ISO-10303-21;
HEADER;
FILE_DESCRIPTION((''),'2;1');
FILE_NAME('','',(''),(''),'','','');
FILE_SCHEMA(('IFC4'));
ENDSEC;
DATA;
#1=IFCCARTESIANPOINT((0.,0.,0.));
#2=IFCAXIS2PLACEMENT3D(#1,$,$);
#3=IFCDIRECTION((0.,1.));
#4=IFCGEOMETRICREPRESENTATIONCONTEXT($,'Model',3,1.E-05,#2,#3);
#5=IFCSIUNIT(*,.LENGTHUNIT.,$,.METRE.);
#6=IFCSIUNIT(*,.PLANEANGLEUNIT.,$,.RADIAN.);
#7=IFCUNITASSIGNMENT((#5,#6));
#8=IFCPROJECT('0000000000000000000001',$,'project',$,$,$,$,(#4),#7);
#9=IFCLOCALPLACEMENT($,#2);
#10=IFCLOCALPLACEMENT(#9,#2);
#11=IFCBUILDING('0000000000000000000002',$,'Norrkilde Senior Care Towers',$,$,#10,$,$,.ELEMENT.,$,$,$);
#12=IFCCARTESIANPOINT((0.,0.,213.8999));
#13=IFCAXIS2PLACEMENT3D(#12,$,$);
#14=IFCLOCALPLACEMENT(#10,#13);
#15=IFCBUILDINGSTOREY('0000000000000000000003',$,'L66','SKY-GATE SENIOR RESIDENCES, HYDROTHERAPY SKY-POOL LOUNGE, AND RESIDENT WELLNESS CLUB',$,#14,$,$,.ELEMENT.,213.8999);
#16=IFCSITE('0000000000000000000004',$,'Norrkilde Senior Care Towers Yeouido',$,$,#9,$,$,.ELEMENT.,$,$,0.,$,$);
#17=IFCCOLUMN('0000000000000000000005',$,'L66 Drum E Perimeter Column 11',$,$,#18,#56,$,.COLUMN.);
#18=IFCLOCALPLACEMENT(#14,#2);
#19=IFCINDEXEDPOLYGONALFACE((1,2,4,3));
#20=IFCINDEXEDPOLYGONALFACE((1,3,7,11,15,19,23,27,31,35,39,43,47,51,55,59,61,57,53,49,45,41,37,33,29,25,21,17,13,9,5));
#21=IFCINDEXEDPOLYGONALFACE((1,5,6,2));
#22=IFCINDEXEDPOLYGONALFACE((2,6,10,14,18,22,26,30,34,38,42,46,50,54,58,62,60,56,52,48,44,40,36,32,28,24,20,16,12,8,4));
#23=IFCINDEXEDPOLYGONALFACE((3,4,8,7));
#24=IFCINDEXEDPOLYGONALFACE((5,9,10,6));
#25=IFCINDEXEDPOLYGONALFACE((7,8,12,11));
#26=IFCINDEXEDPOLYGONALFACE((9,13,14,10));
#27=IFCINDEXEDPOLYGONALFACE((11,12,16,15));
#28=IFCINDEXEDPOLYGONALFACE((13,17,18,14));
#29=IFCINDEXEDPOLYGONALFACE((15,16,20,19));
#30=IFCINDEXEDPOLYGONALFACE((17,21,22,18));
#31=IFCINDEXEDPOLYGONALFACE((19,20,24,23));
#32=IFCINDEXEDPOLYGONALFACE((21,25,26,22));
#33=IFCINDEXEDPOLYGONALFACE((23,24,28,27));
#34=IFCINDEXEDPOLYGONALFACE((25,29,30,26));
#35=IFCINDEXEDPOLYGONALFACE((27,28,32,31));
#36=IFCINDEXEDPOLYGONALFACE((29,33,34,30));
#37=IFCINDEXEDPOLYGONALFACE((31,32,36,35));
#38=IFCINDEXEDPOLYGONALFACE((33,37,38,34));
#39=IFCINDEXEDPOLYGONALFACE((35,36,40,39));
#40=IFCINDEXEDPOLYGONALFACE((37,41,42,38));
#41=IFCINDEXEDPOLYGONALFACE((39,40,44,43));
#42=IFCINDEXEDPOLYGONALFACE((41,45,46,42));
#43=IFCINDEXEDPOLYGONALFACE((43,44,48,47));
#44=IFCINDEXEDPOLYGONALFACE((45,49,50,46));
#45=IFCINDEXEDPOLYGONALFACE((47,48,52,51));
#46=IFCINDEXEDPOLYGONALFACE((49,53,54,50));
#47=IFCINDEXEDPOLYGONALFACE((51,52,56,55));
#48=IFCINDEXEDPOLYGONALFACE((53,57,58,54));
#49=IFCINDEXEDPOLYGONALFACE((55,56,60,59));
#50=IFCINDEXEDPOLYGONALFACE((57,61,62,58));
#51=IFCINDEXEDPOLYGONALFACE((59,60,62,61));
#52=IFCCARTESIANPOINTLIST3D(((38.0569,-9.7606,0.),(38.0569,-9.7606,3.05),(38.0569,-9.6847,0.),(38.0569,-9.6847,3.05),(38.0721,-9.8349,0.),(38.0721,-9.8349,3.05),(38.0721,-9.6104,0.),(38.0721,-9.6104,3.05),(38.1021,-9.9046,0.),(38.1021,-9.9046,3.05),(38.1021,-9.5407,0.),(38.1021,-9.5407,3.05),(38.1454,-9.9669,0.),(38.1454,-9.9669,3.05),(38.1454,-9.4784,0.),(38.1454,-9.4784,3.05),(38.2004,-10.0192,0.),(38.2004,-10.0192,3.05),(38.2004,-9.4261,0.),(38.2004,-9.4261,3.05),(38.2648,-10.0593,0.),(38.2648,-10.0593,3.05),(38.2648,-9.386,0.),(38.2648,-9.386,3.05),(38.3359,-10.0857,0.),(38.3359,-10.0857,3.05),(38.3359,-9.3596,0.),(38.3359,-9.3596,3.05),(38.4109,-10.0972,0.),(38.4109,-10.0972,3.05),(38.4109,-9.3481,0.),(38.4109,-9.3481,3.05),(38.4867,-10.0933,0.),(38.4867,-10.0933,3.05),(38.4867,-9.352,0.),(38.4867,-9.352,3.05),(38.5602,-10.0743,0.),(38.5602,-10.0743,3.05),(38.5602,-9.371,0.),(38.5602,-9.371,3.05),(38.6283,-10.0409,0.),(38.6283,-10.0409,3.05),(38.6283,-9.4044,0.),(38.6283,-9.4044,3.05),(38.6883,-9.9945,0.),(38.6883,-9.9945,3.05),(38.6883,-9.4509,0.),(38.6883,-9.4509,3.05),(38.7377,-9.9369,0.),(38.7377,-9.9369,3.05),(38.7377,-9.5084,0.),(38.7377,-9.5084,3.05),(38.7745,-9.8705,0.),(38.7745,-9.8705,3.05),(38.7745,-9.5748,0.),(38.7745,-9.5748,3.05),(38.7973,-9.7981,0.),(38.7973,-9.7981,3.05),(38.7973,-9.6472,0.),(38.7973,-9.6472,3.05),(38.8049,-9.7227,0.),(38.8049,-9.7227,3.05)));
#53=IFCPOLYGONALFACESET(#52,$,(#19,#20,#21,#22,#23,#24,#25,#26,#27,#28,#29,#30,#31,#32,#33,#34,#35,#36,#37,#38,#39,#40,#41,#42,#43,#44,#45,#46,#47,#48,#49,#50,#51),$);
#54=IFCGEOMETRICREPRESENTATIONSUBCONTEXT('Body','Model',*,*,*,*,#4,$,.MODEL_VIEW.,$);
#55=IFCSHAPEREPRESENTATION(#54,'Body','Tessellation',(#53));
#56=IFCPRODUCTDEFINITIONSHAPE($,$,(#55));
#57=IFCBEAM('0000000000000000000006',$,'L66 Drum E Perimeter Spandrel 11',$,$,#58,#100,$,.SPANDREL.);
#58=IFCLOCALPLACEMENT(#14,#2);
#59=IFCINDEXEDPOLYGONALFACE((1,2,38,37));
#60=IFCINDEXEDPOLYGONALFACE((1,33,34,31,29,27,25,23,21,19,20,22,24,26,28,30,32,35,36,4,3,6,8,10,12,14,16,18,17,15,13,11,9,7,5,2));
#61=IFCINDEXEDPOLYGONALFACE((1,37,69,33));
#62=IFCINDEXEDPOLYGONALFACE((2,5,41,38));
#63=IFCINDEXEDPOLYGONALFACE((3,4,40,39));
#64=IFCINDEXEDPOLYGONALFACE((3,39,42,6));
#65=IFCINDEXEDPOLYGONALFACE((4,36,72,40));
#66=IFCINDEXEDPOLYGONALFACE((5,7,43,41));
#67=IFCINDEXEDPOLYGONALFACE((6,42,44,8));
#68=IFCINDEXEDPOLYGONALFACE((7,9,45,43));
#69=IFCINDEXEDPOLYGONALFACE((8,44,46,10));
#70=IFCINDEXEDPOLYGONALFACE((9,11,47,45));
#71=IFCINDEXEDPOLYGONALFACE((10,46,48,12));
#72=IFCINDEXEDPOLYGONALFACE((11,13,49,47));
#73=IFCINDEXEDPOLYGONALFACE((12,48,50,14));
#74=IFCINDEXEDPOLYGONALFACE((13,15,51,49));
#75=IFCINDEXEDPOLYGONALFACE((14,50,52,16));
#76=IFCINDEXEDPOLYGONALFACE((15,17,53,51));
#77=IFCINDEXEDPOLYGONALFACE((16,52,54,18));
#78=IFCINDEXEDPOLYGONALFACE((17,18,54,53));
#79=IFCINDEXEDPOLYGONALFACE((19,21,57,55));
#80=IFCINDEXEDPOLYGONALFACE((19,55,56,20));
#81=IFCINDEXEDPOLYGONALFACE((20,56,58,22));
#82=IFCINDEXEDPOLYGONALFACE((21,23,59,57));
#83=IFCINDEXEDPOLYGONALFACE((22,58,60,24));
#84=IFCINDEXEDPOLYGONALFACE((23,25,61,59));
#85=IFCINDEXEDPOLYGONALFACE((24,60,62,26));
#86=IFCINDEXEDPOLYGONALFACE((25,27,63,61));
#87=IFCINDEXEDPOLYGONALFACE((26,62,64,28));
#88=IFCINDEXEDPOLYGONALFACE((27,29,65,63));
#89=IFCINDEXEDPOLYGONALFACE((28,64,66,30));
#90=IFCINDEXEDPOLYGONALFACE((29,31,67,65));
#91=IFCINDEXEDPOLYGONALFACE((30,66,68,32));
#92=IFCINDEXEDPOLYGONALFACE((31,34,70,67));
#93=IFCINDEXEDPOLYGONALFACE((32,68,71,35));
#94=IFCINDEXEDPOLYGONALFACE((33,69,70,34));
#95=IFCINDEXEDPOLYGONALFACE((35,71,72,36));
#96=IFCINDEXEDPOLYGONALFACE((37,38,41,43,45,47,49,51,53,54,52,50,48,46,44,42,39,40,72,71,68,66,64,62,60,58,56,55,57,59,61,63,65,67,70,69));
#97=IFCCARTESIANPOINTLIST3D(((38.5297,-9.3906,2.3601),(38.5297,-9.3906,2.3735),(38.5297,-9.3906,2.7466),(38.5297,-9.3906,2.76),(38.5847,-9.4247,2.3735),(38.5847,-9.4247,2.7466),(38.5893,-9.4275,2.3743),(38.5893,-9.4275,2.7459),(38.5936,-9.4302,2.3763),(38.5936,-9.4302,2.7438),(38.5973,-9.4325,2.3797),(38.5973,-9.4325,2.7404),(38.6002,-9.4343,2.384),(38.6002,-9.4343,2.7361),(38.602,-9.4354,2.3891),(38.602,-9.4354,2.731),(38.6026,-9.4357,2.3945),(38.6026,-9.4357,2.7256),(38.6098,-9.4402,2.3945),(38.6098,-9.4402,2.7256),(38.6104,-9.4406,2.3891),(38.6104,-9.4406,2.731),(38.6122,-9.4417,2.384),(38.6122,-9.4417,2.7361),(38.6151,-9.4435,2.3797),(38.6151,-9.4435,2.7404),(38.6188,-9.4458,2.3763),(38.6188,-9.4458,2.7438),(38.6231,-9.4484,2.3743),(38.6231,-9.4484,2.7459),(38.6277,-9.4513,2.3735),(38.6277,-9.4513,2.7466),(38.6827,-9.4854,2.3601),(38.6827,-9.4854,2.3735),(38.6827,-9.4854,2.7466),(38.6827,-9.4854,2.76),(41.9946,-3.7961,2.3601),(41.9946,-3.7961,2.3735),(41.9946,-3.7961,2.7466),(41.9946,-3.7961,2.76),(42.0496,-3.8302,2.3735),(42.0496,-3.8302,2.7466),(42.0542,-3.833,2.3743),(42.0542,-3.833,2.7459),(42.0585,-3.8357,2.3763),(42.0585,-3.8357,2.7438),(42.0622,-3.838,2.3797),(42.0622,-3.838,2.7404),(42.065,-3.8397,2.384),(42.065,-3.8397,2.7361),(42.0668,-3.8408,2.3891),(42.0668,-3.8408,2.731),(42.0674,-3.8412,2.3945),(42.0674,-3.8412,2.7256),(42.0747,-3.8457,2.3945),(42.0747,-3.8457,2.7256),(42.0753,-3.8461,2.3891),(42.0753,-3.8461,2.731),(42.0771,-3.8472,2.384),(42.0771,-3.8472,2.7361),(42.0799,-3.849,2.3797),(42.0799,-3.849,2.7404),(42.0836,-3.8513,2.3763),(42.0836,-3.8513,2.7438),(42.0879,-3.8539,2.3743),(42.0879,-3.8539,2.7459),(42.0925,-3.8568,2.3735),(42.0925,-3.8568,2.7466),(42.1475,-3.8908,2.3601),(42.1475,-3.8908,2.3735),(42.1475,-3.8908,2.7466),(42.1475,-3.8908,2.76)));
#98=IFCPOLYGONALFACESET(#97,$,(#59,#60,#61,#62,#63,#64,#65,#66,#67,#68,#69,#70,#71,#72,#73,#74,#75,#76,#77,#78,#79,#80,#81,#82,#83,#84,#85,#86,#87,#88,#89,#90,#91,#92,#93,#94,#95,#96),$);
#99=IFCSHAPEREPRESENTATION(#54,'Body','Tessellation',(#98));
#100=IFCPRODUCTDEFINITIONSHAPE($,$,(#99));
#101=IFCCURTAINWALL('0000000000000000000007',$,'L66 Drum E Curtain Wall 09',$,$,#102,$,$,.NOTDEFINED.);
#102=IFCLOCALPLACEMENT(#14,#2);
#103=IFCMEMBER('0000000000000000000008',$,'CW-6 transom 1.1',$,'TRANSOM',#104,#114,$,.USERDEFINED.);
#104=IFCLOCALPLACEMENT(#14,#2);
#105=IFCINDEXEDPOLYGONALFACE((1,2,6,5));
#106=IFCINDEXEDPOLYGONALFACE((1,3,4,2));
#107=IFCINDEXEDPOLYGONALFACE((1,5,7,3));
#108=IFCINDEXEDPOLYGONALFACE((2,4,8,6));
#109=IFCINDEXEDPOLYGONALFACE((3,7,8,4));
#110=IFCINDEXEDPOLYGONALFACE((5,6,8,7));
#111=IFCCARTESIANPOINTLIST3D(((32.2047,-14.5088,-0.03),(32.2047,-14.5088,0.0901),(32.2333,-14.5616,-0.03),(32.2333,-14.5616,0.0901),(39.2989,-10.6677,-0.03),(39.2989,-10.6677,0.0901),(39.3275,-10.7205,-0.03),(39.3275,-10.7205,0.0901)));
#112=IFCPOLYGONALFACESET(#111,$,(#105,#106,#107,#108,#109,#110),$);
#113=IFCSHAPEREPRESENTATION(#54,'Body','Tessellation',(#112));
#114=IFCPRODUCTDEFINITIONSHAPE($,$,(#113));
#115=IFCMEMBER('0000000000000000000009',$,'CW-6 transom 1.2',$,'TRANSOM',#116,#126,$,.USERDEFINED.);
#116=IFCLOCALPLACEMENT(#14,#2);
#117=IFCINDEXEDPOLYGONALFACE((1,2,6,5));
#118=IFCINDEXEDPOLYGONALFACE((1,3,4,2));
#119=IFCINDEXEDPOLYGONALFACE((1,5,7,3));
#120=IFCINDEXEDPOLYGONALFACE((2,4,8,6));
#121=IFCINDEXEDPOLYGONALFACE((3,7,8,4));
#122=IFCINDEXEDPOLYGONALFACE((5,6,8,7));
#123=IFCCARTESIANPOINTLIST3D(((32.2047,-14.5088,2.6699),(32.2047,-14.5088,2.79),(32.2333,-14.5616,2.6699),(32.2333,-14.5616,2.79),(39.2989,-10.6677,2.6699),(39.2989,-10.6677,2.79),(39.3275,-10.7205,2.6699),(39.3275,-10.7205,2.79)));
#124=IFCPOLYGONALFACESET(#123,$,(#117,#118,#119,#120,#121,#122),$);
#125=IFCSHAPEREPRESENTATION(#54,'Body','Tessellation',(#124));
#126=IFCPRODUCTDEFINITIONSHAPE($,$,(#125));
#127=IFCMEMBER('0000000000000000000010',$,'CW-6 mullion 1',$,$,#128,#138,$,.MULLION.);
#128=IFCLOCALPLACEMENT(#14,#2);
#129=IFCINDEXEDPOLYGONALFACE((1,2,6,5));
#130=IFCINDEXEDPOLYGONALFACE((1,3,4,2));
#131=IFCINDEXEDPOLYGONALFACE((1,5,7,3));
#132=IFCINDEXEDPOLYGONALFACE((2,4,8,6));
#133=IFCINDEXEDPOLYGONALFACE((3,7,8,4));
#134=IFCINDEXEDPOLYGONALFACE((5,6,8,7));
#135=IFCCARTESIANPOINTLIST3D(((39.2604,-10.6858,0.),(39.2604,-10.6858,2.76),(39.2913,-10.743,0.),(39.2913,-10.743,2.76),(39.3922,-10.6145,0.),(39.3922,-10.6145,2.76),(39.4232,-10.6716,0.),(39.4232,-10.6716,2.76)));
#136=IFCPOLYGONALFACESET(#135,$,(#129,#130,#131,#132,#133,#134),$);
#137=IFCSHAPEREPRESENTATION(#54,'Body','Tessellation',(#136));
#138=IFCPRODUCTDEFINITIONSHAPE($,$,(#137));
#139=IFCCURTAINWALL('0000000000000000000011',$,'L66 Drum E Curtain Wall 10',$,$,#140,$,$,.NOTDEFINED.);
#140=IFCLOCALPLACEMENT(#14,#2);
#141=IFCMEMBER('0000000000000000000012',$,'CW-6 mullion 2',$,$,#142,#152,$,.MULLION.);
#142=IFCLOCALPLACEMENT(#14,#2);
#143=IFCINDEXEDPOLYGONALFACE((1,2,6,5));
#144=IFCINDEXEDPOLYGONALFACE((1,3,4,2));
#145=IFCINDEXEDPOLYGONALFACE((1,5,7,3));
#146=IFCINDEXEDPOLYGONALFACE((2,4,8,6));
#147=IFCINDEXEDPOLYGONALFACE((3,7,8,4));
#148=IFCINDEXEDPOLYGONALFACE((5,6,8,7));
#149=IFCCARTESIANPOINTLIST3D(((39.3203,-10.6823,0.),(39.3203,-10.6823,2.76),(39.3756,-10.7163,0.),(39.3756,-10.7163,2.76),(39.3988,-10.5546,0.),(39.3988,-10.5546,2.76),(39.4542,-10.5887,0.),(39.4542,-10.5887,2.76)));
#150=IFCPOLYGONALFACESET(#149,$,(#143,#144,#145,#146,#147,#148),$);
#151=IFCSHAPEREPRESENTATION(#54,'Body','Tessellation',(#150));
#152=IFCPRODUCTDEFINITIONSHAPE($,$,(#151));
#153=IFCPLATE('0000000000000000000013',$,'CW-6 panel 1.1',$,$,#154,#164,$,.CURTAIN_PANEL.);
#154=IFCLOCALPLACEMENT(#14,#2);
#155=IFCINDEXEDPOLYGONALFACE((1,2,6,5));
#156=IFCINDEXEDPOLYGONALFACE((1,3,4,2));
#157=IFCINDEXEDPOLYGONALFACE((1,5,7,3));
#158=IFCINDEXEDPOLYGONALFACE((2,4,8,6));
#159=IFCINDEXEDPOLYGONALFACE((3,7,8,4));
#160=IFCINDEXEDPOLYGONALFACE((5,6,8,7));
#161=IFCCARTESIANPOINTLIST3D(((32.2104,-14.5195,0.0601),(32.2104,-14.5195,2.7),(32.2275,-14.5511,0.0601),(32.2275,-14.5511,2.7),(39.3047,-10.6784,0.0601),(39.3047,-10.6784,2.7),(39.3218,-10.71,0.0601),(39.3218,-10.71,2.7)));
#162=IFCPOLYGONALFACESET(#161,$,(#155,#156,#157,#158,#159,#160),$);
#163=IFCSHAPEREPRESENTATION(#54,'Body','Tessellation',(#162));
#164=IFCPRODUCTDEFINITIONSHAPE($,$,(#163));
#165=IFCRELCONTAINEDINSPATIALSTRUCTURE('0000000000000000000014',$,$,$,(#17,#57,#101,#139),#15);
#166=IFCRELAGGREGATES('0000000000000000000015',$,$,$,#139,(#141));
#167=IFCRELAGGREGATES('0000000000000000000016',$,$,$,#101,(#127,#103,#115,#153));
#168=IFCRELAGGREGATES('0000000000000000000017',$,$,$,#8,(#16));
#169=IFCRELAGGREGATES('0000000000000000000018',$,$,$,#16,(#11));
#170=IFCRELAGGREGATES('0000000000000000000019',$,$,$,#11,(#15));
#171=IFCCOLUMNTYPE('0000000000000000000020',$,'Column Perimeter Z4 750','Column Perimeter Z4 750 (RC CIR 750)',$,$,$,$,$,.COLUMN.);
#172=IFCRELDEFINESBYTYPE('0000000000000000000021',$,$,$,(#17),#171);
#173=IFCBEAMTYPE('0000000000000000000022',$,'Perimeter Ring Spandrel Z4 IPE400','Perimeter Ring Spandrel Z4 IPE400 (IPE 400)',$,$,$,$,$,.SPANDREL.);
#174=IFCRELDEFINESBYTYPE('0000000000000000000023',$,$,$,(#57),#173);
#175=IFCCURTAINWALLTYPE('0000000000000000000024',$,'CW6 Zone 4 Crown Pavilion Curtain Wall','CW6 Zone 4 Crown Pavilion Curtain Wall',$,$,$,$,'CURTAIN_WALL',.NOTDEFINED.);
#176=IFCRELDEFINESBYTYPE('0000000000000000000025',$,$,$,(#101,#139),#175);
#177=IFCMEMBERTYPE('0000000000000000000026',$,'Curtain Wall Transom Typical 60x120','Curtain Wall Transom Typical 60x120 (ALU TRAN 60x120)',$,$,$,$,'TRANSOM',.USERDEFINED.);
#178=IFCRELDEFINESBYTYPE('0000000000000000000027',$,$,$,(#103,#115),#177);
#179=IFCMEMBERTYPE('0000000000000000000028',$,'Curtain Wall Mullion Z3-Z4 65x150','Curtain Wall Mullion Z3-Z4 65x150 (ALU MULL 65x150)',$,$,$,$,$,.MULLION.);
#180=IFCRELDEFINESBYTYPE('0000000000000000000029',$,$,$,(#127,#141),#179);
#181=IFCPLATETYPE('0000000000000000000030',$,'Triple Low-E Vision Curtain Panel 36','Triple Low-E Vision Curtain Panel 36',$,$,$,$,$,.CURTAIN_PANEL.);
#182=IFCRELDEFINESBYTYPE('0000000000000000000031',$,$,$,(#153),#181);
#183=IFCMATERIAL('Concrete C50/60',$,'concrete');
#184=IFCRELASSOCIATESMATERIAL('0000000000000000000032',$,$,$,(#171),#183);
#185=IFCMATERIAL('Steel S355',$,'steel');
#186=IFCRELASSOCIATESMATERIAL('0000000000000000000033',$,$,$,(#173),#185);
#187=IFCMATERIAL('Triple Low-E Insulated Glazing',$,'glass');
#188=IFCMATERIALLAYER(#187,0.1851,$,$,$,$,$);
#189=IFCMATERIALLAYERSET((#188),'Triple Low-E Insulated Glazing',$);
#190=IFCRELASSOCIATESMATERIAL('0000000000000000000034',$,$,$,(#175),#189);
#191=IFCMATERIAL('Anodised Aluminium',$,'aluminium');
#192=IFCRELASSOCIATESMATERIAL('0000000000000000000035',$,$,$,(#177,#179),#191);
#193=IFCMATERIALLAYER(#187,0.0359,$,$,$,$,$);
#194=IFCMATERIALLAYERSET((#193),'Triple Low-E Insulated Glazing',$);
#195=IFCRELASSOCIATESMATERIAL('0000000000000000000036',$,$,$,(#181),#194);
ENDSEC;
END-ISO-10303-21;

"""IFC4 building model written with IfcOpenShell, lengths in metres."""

from ifc_helpers import new_model, si_unit, direction, frame, origin, origin_2d, place, context, subcontext, project, spatial, rectangle, circle, i_section, extrude, source, transform, mapped, material, layer, layer_set, material_profile, profile_set, type_object, type_shapes, element, aggregate, save


model = new_model("IFC4")

# Units and contexts
model_context = context("Model", 3, precision=1e-05, world=origin(), true_north=direction((0.0, 1.0)))
body_context = subcontext(model_context, "Body", "Model", "MODEL_VIEW")
ifc_project = project(units=[si_unit("LENGTHUNIT", "METRE"), si_unit("PLANEANGLEUNIT", "RADIAN")], contexts=[model_context])

# Site, building, storey
site_placement = place(None, origin())
site = spatial("IfcSite", under=ifc_project, at=site_placement, Name="Norrkilde Senior Care Towers Yeouido", CompositionType="ELEMENT", RefElevation=0.0)
building_placement = place(site_placement, origin())
building = spatial("IfcBuilding", under=site, at=building_placement, Name="Norrkilde Senior Care Towers", CompositionType="ELEMENT")
storey_placement = place(building_placement, frame((0.0, 0.0, 213.8999)))
storey = spatial("IfcBuildingStorey", under=building, at=storey_placement, Name="L66", Description="SKY-GATE SENIOR RESIDENCES, HYDROTHERAPY SKY-POOL LOUNGE, AND RESIDENT WELLNESS CLUB", CompositionType="ELEMENT", Elevation=213.8999)

# Column
ifc_material_1 = material(Name="Concrete C50/60", Category="concrete")
ifc_material_profile_1 = material_profile(ifc_material_1, circle(Radius=0.375, at=origin_2d()), Name="RC CIR 750")
ifc_profile_set_1 = profile_set([ifc_material_profile_1], Name="Concrete C50/60")
column_type = type_object("IfcColumnType", Name="Column Perimeter Z4 750", Description="Column Perimeter Z4 750 (RC CIR 750)", PredefinedType="COLUMN", material=ifc_profile_set_1)
shared_shape_1 = source(origin(), body_context, "Body", "SweptSolid", [
    extrude(circle(Radius=0.375, at=origin_2d()), origin(), (0.0, 0.0, 1.0), 3.05),
])
type_shapes(column_type, [shared_shape_1])
column_placement = place(storey_placement, frame((38.4299, -9.7227, 0.0), z_axis=(0.0, 0.0, 1.0), x_axis=(1.0, 0.0, 0.0)))
element("IfcColumn", 1, at=column_placement, inside=storey, type_object=column_type, Name="L66 Drum E Perimeter Column 11", PredefinedType="COLUMN", context=body_context, shape_type="MappedRepresentation", body=[
    mapped(shared_shape_1, transform((0.0, 0.0, 0.0), x_axis=(1.0, 0.0, 0.0), y_axis=(0.0, 1.0, 0.0), z_axis=(0.0, 0.0, 1.0), scale=1.0)),
])

# Beam
ifc_material_2 = material(Name="Steel S355", Category="steel")
ifc_material_profile_2 = material_profile(ifc_material_2, i_section(OverallWidth=0.1799, OverallDepth=0.3999, WebThickness=0.0085, FlangeThickness=0.0134, FilletRadius=0.021, at=origin_2d()), Name="IPE 400")
ifc_profile_set_2 = profile_set([ifc_material_profile_2], Name="Steel S355")
beam_type = type_object("IfcBeamType", Name="Perimeter Ring Spandrel Z4 IPE400", Description="Perimeter Ring Spandrel Z4 IPE400 (IPE 400)", PredefinedType="SPANDREL", material=ifc_profile_set_2)
shared_shape_2 = source(origin(), body_context, "Body", "SweptSolid", [
    extrude(i_section(OverallWidth=0.1799, OverallDepth=0.3999, WebThickness=0.0085, FlangeThickness=0.0134, FilletRadius=0.021, at=origin_2d()), origin(), (0.0, 0.0, 1.0), 6.5806),
])
type_shapes(beam_type, [shared_shape_2])
beam_placement = place(storey_placement, frame((38.6062, -9.438, 2.5601), z_axis=(0.52653, 0.850157, 0.0), x_axis=(-0.850157, 0.52653, 0.0)))
element("IfcBeam", 2, at=beam_placement, inside=storey, type_object=beam_type, Name="L66 Drum E Perimeter Spandrel 11", PredefinedType="SPANDREL", context=body_context, shape_type="MappedRepresentation", body=[
    mapped(shared_shape_2, transform((0.0, 0.0, 0.0), x_axis=(1.0, 0.0, 0.0), y_axis=(0.0, 1.0, 0.0), z_axis=(0.0, 0.0, 1.0), scale=1.0)),
])

# Curtain wall, members
ifc_material_3 = material(Name="Triple Low-E Insulated Glazing", Category="glass")
ifc_layer_1 = layer(ifc_material_3, 0.1851)
ifc_layer_set_1 = layer_set([ifc_layer_1], Name="Triple Low-E Insulated Glazing")
curtain_wall_type = type_object("IfcCurtainWallType", Name="CW6 Zone 4 Crown Pavilion Curtain Wall", Description="CW6 Zone 4 Crown Pavilion Curtain Wall", ElementType="CURTAIN_WALL", PredefinedType="NOTDEFINED", material=ifc_layer_set_1)
curtain_wall_1_placement = place(storey_placement, origin())
curtain_wall_1 = element("IfcCurtainWall", 3, at=curtain_wall_1_placement, inside=storey, type_object=curtain_wall_type, Name="L66 Drum E Curtain Wall 09", PredefinedType="NOTDEFINED")
ifc_material_4 = material(Name="Anodised Aluminium", Category="aluminium")
ifc_material_profile_3 = material_profile(ifc_material_4, rectangle(XDim=0.0601, YDim=0.1201, at=origin_2d()), Name="ALU TRAN 60x120")
ifc_profile_set_3 = profile_set([ifc_material_profile_3], Name="Anodised Aluminium")
member_type_1 = type_object("IfcMemberType", Name="Curtain Wall Transom Typical 60x120", Description="Curtain Wall Transom Typical 60x120 (ALU TRAN 60x120)", ElementType="TRANSOM", PredefinedType="USERDEFINED", material=ifc_profile_set_3)
shared_shape_3 = source(origin(), body_context, "Body", "SweptSolid", [
    extrude(rectangle(XDim=0.0601, YDim=0.1201, at=origin_2d()), origin(), (0.0, 0.0, 1.0), 8.0674),
])
type_shapes(member_type_1, [shared_shape_3])
member_1_placement = place(storey_placement, frame((39.3132, -10.6941, 0.03), z_axis=(-0.879378, -0.476125, 0.0), x_axis=(0.476125, -0.879378, 0.0)))
member_1 = element("IfcMember", 4, at=member_1_placement, type_object=member_type_1, Name="CW-6 transom 1.1", ObjectType="TRANSOM", PredefinedType="USERDEFINED", context=body_context, shape_type="MappedRepresentation", body=[
    mapped(shared_shape_3, transform((0.0, 0.0, 0.0), x_axis=(1.0, 0.0, 0.0), y_axis=(0.0, 1.0, 0.0), z_axis=(0.0, 0.0, 1.0), scale=1.0)),
])
member_2_placement = place(storey_placement, frame((39.3132, -10.6941, 2.73), z_axis=(-0.879378, -0.476125, 0.0), x_axis=(0.476125, -0.879378, 0.0)))
member_2 = element("IfcMember", 5, at=member_2_placement, type_object=member_type_1, Name="CW-6 transom 1.2", ObjectType="TRANSOM", PredefinedType="USERDEFINED", context=body_context, shape_type="MappedRepresentation", body=[
    mapped(shared_shape_3, transform((0.0, 0.0, 0.0), x_axis=(1.0, 0.0, 0.0), y_axis=(0.0, 1.0, 0.0), z_axis=(0.0, 0.0, 1.0), scale=1.0)),
])
ifc_material_profile_4 = material_profile(ifc_material_4, rectangle(XDim=0.0649, YDim=0.1499, at=origin_2d()), Name="ALU MULL 65x150")
ifc_profile_set_4 = profile_set([ifc_material_profile_4], Name="Anodised Aluminium")
member_type_2 = type_object("IfcMemberType", Name="Curtain Wall Mullion Z3-Z4 65x150", Description="Curtain Wall Mullion Z3-Z4 65x150 (ALU MULL 65x150)", PredefinedType="MULLION", material=ifc_profile_set_4)
shared_shape_4 = source(origin(), body_context, "Body", "SweptSolid", [
    extrude(rectangle(XDim=0.0649, YDim=0.1499, at=origin_2d()), origin(), (0.0, 0.0, 1.0), 2.76),
])
type_shapes(member_type_2, [shared_shape_4])
member_3_placement = place(storey_placement, frame((39.3418, -10.6787, 0.0), z_axis=(0.0, 0.0, 1.0), x_axis=(0.476133, -0.879373, 0.0)))
member_3 = element("IfcMember", 6, at=member_3_placement, type_object=member_type_2, Name="CW-6 mullion 1", PredefinedType="MULLION", context=body_context, shape_type="MappedRepresentation", body=[
    mapped(shared_shape_4, transform((0.0, 0.0, 0.0), x_axis=(1.0, 0.0, 0.0), y_axis=(0.0, 1.0, 0.0), z_axis=(0.0, 0.0, 1.0), scale=1.0)),
])

# Curtain wall, member
curtain_wall_2_placement = place(storey_placement, origin())
curtain_wall_2 = element("IfcCurtainWall", 7, at=curtain_wall_2_placement, inside=storey, type_object=curtain_wall_type, Name="L66 Drum E Curtain Wall 10", PredefinedType="NOTDEFINED")
member_4_placement = place(storey_placement, frame((39.3872, -10.6355, 0.0), z_axis=(0.0, 0.0, 1.0), x_axis=(0.851563, -0.524253, 0.0)))
member_4 = element("IfcMember", 8, at=member_4_placement, type_object=member_type_2, Name="CW-6 mullion 2", PredefinedType="MULLION", context=body_context, shape_type="MappedRepresentation", body=[
    mapped(shared_shape_4, transform((0.0, 0.0, 0.0), x_axis=(1.0, 0.0, 0.0), y_axis=(0.0, 1.0, 0.0), z_axis=(0.0, 0.0, 1.0), scale=1.0)),
])
aggregate(curtain_wall_2, [member_4])

# Plate
ifc_layer_2 = layer(ifc_material_3, 0.0359)
ifc_layer_set_2 = layer_set([ifc_layer_2], Name="Triple Low-E Insulated Glazing")
plate_type = type_object("IfcPlateType", Name="Triple Low-E Vision Curtain Panel 36", Description="Triple Low-E Vision Curtain Panel 36", PredefinedType="CURTAIN_PANEL", material=ifc_layer_set_2)
shared_shape_5 = source(origin(), body_context, "Body", "SweptSolid", [
    extrude(rectangle(XDim=8.0674, YDim=0.0359, at=origin_2d()), origin(), (0.0, 0.0, 1.0), 2.6399),
])
type_shapes(plate_type, [shared_shape_5])
plate_placement = place(storey_placement, frame((35.7661, -12.6147, 0.0601), z_axis=(0.0, 0.0, 1.0), x_axis=(-0.879373, -0.476133, 0.0)))
plate = element("IfcPlate", 9, at=plate_placement, type_object=plate_type, Name="CW-6 panel 1.1", PredefinedType="CURTAIN_PANEL", context=body_context, shape_type="MappedRepresentation", body=[
    mapped(shared_shape_5, transform((0.0, 0.0, 0.0), x_axis=(1.0, 0.0, 0.0), y_axis=(0.0, 1.0, 0.0), z_axis=(0.0, 0.0, 1.0), scale=1.0)),
])
aggregate(curtain_wall_1, [member_3, member_1, member_2, plate])

save(model, "model.ifc")
